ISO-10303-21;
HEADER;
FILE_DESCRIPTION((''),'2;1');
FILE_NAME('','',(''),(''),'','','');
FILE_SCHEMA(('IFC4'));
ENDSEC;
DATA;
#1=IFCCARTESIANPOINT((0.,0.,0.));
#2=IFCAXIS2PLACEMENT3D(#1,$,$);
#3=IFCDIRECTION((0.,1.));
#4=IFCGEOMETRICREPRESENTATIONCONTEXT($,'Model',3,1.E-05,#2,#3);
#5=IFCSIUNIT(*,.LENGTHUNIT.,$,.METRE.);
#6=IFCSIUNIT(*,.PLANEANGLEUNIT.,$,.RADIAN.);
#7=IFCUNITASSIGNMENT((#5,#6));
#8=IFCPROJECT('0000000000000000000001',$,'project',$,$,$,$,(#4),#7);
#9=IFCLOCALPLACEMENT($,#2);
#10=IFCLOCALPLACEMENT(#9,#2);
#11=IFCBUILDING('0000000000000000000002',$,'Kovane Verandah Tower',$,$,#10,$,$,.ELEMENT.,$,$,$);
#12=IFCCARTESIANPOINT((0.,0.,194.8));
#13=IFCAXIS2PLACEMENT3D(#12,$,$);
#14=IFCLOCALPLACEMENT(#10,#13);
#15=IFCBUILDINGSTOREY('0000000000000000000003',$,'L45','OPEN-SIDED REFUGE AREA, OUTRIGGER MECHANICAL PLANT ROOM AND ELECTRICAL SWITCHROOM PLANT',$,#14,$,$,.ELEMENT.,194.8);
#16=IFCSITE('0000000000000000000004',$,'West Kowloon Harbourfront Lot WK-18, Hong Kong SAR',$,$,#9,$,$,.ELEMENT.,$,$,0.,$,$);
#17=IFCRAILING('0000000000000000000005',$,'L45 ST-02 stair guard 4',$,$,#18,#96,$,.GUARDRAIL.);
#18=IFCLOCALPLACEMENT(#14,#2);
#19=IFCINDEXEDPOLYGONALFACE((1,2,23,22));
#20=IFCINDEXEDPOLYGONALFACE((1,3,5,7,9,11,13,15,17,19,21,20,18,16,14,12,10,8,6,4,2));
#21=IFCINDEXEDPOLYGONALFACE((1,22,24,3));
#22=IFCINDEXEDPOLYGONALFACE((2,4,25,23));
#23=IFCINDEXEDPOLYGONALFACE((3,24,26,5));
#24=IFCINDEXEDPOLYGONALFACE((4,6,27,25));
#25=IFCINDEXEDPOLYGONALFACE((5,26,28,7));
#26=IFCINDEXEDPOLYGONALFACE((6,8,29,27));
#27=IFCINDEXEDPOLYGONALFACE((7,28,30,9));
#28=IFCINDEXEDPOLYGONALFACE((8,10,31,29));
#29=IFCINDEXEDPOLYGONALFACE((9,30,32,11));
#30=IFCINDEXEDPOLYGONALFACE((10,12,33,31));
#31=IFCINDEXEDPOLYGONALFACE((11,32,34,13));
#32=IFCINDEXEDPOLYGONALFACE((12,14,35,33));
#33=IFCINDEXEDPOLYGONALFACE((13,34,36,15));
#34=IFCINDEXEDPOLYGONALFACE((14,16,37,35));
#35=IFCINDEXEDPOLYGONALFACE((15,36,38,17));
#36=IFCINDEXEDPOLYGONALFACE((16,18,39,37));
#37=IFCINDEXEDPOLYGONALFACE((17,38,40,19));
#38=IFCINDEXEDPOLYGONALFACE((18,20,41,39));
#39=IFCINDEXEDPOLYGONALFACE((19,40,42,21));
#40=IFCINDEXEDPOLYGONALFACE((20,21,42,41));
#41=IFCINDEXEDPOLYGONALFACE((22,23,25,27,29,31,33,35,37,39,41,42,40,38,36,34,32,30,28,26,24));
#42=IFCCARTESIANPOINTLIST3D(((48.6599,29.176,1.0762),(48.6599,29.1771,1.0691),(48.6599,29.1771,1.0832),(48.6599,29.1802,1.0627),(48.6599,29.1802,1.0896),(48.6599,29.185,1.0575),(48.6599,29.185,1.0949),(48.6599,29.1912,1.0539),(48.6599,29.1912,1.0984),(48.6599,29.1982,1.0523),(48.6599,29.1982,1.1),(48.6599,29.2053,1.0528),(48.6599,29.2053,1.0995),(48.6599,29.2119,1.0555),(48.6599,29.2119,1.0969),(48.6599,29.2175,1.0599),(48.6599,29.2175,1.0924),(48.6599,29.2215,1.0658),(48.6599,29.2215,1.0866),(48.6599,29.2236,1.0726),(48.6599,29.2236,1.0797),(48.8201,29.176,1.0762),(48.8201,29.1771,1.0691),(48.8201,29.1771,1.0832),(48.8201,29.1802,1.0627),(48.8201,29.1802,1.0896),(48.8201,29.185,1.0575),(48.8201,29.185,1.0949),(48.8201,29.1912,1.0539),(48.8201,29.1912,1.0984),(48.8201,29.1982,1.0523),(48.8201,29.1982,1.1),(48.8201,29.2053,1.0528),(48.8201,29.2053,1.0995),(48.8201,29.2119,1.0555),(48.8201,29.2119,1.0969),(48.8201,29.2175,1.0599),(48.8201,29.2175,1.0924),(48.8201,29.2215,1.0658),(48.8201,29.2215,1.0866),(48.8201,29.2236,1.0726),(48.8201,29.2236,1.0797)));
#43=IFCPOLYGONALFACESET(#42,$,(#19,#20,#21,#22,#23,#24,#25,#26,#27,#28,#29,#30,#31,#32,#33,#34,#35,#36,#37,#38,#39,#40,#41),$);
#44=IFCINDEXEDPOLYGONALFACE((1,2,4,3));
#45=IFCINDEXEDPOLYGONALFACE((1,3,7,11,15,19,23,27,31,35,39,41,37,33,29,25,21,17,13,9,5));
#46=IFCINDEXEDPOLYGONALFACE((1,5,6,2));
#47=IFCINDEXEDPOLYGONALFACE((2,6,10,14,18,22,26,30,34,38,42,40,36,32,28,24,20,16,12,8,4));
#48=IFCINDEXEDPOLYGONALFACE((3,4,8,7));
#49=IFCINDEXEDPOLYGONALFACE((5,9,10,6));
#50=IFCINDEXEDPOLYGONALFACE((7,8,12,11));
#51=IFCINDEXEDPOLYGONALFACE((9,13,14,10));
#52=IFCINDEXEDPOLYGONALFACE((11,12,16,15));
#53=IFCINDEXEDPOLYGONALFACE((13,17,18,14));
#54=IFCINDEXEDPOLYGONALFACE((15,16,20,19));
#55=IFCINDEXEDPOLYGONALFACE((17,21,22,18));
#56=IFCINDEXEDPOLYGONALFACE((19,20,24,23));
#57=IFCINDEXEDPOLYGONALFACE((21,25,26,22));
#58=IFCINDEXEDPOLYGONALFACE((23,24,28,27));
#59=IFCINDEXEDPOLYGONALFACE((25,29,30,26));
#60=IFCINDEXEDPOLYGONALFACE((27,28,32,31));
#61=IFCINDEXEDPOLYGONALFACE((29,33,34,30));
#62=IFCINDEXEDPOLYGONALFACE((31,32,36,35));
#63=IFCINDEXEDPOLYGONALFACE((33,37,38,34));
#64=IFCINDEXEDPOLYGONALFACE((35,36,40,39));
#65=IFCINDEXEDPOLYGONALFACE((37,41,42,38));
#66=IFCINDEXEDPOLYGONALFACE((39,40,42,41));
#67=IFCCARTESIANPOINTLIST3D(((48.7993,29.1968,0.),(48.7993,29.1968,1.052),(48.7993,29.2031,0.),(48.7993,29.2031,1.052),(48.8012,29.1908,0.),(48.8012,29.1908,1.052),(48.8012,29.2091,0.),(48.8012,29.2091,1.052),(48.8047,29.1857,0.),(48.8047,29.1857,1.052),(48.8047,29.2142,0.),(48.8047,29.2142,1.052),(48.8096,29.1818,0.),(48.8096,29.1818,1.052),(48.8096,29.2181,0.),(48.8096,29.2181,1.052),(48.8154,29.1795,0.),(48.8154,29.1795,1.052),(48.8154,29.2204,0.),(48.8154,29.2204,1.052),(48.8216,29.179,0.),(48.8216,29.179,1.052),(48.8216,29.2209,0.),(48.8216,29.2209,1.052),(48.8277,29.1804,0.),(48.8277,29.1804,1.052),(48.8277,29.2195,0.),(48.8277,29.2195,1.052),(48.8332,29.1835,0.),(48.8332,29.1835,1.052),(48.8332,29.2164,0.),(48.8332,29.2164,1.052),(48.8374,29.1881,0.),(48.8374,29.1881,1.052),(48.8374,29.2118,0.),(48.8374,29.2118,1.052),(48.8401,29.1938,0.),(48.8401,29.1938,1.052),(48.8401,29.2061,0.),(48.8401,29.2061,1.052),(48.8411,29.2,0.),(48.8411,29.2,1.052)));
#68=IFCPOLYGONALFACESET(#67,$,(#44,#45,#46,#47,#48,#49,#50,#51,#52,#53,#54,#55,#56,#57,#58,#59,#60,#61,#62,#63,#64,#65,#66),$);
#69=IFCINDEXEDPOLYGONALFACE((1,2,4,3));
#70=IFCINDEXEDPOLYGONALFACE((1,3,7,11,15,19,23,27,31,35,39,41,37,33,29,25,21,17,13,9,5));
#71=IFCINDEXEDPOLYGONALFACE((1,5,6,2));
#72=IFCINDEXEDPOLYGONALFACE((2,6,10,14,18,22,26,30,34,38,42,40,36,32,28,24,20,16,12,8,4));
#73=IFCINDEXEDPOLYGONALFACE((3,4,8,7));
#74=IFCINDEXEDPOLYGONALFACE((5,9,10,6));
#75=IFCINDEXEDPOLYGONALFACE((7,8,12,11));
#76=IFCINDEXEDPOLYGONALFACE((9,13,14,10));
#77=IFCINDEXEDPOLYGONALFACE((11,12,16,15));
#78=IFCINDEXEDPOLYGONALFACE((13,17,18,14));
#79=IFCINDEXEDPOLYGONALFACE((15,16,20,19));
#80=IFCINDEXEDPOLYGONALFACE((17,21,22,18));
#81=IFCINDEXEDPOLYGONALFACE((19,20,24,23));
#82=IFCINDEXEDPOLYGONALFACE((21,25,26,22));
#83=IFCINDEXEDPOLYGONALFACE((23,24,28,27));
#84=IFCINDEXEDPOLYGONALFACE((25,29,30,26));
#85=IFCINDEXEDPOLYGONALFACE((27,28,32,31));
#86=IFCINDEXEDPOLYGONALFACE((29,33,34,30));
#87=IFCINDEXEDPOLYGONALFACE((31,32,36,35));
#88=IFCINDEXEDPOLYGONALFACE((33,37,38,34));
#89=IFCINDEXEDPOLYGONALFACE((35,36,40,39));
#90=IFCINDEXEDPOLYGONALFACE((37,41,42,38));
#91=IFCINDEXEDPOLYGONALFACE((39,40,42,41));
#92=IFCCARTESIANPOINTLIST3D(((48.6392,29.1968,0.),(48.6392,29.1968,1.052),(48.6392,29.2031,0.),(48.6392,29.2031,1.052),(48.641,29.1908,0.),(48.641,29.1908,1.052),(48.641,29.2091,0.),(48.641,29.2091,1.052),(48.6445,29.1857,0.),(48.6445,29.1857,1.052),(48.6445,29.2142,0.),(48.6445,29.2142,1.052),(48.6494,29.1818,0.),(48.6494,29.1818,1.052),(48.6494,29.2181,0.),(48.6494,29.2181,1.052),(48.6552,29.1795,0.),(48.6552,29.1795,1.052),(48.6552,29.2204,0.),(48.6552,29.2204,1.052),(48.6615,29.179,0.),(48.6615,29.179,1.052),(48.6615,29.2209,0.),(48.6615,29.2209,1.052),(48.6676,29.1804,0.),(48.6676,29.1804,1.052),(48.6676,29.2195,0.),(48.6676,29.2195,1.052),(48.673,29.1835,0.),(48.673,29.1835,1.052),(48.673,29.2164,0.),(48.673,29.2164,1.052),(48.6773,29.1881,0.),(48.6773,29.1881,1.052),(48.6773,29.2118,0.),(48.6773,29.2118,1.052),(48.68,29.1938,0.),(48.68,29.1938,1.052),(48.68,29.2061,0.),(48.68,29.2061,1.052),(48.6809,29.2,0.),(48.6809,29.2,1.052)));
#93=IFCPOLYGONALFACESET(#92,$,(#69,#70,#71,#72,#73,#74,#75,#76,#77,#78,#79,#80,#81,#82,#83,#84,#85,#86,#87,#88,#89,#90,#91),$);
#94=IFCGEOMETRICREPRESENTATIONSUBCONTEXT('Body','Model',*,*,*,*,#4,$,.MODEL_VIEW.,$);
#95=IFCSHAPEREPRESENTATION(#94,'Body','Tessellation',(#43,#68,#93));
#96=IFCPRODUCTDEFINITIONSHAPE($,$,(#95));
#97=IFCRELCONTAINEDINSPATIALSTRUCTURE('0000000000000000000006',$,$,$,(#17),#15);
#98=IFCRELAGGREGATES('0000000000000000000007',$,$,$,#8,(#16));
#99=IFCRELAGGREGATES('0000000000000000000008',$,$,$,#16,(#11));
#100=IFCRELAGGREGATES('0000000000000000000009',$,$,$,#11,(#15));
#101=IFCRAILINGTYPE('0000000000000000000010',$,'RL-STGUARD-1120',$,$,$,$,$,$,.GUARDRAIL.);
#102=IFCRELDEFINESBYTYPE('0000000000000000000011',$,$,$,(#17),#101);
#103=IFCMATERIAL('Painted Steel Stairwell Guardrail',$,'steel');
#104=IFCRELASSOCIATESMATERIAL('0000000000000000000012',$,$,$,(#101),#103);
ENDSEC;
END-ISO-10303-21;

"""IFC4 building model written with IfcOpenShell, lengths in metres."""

from ifc_helpers import new_model, si_unit, direction, frame, origin, origin_2d, place, context, subcontext, project, spatial, circle, extrude, material, type_object, element, save


model = new_model("IFC4")

# Units and contexts
model_context = context("Model", 3, precision=1e-05, world=origin(), true_north=direction((0.0, 1.0)))
body_context = subcontext(model_context, "Body", "Model", "MODEL_VIEW")
ifc_project = project(units=[si_unit("LENGTHUNIT", "METRE"), si_unit("PLANEANGLEUNIT", "RADIAN")], contexts=[model_context])

# Site, building, storey
site_placement = place(None, origin())
site = spatial("IfcSite", under=ifc_project, at=site_placement, Name="West Kowloon Harbourfront Lot WK-18, Hong Kong SAR", CompositionType="ELEMENT", RefElevation=0.0)
building_placement = place(site_placement, origin())
building = spatial("IfcBuilding", under=site, at=building_placement, Name="Kovane Verandah Tower", CompositionType="ELEMENT")
storey_placement = place(building_placement, frame((0.0, 0.0, 194.8)))
storey = spatial("IfcBuildingStorey", under=building, at=storey_placement, Name="L45", Description="OPEN-SIDED REFUGE AREA, OUTRIGGER MECHANICAL PLANT ROOM AND ELECTRICAL SWITCHROOM PLANT", CompositionType="ELEMENT", Elevation=194.8)

# Railing
ifc_material_1 = material(Name="Painted Steel Stairwell Guardrail", Category="steel")
railing_type_1 = type_object("IfcRailingType", Name="RL-STGUARD-1120", PredefinedType="GUARDRAIL", material=ifc_material_1)
railing_1_placement = place(storey_placement, frame((48.8201, 29.2, 0.0)))
element("IfcRailing", 1, at=railing_1_placement, inside=storey, type_object=railing_type_1, Name="L45 ST-02 stair guard 4", PredefinedType="GUARDRAIL", context=body_context, shape_type="SweptSolid", body=[
    extrude(circle(Radius=0.0239, at=origin_2d()), frame((0.0, 0.0, 1.0762), z_axis=(-1.0, 0.0, 0.0), x_axis=(0.0, -1.0, 0.0)), (0.0, 0.0, 1.0), 0.1602),
    extrude(circle(Radius=0.021, at=origin_2d()), origin(), (0.0, 0.0, 1.0), 1.052),
    extrude(circle(Radius=0.021, at=origin_2d()), frame((-0.1602, 0.0, 0.0)), (0.0, 0.0, 1.0), 1.052),
])

save(model, "model.ifc")
